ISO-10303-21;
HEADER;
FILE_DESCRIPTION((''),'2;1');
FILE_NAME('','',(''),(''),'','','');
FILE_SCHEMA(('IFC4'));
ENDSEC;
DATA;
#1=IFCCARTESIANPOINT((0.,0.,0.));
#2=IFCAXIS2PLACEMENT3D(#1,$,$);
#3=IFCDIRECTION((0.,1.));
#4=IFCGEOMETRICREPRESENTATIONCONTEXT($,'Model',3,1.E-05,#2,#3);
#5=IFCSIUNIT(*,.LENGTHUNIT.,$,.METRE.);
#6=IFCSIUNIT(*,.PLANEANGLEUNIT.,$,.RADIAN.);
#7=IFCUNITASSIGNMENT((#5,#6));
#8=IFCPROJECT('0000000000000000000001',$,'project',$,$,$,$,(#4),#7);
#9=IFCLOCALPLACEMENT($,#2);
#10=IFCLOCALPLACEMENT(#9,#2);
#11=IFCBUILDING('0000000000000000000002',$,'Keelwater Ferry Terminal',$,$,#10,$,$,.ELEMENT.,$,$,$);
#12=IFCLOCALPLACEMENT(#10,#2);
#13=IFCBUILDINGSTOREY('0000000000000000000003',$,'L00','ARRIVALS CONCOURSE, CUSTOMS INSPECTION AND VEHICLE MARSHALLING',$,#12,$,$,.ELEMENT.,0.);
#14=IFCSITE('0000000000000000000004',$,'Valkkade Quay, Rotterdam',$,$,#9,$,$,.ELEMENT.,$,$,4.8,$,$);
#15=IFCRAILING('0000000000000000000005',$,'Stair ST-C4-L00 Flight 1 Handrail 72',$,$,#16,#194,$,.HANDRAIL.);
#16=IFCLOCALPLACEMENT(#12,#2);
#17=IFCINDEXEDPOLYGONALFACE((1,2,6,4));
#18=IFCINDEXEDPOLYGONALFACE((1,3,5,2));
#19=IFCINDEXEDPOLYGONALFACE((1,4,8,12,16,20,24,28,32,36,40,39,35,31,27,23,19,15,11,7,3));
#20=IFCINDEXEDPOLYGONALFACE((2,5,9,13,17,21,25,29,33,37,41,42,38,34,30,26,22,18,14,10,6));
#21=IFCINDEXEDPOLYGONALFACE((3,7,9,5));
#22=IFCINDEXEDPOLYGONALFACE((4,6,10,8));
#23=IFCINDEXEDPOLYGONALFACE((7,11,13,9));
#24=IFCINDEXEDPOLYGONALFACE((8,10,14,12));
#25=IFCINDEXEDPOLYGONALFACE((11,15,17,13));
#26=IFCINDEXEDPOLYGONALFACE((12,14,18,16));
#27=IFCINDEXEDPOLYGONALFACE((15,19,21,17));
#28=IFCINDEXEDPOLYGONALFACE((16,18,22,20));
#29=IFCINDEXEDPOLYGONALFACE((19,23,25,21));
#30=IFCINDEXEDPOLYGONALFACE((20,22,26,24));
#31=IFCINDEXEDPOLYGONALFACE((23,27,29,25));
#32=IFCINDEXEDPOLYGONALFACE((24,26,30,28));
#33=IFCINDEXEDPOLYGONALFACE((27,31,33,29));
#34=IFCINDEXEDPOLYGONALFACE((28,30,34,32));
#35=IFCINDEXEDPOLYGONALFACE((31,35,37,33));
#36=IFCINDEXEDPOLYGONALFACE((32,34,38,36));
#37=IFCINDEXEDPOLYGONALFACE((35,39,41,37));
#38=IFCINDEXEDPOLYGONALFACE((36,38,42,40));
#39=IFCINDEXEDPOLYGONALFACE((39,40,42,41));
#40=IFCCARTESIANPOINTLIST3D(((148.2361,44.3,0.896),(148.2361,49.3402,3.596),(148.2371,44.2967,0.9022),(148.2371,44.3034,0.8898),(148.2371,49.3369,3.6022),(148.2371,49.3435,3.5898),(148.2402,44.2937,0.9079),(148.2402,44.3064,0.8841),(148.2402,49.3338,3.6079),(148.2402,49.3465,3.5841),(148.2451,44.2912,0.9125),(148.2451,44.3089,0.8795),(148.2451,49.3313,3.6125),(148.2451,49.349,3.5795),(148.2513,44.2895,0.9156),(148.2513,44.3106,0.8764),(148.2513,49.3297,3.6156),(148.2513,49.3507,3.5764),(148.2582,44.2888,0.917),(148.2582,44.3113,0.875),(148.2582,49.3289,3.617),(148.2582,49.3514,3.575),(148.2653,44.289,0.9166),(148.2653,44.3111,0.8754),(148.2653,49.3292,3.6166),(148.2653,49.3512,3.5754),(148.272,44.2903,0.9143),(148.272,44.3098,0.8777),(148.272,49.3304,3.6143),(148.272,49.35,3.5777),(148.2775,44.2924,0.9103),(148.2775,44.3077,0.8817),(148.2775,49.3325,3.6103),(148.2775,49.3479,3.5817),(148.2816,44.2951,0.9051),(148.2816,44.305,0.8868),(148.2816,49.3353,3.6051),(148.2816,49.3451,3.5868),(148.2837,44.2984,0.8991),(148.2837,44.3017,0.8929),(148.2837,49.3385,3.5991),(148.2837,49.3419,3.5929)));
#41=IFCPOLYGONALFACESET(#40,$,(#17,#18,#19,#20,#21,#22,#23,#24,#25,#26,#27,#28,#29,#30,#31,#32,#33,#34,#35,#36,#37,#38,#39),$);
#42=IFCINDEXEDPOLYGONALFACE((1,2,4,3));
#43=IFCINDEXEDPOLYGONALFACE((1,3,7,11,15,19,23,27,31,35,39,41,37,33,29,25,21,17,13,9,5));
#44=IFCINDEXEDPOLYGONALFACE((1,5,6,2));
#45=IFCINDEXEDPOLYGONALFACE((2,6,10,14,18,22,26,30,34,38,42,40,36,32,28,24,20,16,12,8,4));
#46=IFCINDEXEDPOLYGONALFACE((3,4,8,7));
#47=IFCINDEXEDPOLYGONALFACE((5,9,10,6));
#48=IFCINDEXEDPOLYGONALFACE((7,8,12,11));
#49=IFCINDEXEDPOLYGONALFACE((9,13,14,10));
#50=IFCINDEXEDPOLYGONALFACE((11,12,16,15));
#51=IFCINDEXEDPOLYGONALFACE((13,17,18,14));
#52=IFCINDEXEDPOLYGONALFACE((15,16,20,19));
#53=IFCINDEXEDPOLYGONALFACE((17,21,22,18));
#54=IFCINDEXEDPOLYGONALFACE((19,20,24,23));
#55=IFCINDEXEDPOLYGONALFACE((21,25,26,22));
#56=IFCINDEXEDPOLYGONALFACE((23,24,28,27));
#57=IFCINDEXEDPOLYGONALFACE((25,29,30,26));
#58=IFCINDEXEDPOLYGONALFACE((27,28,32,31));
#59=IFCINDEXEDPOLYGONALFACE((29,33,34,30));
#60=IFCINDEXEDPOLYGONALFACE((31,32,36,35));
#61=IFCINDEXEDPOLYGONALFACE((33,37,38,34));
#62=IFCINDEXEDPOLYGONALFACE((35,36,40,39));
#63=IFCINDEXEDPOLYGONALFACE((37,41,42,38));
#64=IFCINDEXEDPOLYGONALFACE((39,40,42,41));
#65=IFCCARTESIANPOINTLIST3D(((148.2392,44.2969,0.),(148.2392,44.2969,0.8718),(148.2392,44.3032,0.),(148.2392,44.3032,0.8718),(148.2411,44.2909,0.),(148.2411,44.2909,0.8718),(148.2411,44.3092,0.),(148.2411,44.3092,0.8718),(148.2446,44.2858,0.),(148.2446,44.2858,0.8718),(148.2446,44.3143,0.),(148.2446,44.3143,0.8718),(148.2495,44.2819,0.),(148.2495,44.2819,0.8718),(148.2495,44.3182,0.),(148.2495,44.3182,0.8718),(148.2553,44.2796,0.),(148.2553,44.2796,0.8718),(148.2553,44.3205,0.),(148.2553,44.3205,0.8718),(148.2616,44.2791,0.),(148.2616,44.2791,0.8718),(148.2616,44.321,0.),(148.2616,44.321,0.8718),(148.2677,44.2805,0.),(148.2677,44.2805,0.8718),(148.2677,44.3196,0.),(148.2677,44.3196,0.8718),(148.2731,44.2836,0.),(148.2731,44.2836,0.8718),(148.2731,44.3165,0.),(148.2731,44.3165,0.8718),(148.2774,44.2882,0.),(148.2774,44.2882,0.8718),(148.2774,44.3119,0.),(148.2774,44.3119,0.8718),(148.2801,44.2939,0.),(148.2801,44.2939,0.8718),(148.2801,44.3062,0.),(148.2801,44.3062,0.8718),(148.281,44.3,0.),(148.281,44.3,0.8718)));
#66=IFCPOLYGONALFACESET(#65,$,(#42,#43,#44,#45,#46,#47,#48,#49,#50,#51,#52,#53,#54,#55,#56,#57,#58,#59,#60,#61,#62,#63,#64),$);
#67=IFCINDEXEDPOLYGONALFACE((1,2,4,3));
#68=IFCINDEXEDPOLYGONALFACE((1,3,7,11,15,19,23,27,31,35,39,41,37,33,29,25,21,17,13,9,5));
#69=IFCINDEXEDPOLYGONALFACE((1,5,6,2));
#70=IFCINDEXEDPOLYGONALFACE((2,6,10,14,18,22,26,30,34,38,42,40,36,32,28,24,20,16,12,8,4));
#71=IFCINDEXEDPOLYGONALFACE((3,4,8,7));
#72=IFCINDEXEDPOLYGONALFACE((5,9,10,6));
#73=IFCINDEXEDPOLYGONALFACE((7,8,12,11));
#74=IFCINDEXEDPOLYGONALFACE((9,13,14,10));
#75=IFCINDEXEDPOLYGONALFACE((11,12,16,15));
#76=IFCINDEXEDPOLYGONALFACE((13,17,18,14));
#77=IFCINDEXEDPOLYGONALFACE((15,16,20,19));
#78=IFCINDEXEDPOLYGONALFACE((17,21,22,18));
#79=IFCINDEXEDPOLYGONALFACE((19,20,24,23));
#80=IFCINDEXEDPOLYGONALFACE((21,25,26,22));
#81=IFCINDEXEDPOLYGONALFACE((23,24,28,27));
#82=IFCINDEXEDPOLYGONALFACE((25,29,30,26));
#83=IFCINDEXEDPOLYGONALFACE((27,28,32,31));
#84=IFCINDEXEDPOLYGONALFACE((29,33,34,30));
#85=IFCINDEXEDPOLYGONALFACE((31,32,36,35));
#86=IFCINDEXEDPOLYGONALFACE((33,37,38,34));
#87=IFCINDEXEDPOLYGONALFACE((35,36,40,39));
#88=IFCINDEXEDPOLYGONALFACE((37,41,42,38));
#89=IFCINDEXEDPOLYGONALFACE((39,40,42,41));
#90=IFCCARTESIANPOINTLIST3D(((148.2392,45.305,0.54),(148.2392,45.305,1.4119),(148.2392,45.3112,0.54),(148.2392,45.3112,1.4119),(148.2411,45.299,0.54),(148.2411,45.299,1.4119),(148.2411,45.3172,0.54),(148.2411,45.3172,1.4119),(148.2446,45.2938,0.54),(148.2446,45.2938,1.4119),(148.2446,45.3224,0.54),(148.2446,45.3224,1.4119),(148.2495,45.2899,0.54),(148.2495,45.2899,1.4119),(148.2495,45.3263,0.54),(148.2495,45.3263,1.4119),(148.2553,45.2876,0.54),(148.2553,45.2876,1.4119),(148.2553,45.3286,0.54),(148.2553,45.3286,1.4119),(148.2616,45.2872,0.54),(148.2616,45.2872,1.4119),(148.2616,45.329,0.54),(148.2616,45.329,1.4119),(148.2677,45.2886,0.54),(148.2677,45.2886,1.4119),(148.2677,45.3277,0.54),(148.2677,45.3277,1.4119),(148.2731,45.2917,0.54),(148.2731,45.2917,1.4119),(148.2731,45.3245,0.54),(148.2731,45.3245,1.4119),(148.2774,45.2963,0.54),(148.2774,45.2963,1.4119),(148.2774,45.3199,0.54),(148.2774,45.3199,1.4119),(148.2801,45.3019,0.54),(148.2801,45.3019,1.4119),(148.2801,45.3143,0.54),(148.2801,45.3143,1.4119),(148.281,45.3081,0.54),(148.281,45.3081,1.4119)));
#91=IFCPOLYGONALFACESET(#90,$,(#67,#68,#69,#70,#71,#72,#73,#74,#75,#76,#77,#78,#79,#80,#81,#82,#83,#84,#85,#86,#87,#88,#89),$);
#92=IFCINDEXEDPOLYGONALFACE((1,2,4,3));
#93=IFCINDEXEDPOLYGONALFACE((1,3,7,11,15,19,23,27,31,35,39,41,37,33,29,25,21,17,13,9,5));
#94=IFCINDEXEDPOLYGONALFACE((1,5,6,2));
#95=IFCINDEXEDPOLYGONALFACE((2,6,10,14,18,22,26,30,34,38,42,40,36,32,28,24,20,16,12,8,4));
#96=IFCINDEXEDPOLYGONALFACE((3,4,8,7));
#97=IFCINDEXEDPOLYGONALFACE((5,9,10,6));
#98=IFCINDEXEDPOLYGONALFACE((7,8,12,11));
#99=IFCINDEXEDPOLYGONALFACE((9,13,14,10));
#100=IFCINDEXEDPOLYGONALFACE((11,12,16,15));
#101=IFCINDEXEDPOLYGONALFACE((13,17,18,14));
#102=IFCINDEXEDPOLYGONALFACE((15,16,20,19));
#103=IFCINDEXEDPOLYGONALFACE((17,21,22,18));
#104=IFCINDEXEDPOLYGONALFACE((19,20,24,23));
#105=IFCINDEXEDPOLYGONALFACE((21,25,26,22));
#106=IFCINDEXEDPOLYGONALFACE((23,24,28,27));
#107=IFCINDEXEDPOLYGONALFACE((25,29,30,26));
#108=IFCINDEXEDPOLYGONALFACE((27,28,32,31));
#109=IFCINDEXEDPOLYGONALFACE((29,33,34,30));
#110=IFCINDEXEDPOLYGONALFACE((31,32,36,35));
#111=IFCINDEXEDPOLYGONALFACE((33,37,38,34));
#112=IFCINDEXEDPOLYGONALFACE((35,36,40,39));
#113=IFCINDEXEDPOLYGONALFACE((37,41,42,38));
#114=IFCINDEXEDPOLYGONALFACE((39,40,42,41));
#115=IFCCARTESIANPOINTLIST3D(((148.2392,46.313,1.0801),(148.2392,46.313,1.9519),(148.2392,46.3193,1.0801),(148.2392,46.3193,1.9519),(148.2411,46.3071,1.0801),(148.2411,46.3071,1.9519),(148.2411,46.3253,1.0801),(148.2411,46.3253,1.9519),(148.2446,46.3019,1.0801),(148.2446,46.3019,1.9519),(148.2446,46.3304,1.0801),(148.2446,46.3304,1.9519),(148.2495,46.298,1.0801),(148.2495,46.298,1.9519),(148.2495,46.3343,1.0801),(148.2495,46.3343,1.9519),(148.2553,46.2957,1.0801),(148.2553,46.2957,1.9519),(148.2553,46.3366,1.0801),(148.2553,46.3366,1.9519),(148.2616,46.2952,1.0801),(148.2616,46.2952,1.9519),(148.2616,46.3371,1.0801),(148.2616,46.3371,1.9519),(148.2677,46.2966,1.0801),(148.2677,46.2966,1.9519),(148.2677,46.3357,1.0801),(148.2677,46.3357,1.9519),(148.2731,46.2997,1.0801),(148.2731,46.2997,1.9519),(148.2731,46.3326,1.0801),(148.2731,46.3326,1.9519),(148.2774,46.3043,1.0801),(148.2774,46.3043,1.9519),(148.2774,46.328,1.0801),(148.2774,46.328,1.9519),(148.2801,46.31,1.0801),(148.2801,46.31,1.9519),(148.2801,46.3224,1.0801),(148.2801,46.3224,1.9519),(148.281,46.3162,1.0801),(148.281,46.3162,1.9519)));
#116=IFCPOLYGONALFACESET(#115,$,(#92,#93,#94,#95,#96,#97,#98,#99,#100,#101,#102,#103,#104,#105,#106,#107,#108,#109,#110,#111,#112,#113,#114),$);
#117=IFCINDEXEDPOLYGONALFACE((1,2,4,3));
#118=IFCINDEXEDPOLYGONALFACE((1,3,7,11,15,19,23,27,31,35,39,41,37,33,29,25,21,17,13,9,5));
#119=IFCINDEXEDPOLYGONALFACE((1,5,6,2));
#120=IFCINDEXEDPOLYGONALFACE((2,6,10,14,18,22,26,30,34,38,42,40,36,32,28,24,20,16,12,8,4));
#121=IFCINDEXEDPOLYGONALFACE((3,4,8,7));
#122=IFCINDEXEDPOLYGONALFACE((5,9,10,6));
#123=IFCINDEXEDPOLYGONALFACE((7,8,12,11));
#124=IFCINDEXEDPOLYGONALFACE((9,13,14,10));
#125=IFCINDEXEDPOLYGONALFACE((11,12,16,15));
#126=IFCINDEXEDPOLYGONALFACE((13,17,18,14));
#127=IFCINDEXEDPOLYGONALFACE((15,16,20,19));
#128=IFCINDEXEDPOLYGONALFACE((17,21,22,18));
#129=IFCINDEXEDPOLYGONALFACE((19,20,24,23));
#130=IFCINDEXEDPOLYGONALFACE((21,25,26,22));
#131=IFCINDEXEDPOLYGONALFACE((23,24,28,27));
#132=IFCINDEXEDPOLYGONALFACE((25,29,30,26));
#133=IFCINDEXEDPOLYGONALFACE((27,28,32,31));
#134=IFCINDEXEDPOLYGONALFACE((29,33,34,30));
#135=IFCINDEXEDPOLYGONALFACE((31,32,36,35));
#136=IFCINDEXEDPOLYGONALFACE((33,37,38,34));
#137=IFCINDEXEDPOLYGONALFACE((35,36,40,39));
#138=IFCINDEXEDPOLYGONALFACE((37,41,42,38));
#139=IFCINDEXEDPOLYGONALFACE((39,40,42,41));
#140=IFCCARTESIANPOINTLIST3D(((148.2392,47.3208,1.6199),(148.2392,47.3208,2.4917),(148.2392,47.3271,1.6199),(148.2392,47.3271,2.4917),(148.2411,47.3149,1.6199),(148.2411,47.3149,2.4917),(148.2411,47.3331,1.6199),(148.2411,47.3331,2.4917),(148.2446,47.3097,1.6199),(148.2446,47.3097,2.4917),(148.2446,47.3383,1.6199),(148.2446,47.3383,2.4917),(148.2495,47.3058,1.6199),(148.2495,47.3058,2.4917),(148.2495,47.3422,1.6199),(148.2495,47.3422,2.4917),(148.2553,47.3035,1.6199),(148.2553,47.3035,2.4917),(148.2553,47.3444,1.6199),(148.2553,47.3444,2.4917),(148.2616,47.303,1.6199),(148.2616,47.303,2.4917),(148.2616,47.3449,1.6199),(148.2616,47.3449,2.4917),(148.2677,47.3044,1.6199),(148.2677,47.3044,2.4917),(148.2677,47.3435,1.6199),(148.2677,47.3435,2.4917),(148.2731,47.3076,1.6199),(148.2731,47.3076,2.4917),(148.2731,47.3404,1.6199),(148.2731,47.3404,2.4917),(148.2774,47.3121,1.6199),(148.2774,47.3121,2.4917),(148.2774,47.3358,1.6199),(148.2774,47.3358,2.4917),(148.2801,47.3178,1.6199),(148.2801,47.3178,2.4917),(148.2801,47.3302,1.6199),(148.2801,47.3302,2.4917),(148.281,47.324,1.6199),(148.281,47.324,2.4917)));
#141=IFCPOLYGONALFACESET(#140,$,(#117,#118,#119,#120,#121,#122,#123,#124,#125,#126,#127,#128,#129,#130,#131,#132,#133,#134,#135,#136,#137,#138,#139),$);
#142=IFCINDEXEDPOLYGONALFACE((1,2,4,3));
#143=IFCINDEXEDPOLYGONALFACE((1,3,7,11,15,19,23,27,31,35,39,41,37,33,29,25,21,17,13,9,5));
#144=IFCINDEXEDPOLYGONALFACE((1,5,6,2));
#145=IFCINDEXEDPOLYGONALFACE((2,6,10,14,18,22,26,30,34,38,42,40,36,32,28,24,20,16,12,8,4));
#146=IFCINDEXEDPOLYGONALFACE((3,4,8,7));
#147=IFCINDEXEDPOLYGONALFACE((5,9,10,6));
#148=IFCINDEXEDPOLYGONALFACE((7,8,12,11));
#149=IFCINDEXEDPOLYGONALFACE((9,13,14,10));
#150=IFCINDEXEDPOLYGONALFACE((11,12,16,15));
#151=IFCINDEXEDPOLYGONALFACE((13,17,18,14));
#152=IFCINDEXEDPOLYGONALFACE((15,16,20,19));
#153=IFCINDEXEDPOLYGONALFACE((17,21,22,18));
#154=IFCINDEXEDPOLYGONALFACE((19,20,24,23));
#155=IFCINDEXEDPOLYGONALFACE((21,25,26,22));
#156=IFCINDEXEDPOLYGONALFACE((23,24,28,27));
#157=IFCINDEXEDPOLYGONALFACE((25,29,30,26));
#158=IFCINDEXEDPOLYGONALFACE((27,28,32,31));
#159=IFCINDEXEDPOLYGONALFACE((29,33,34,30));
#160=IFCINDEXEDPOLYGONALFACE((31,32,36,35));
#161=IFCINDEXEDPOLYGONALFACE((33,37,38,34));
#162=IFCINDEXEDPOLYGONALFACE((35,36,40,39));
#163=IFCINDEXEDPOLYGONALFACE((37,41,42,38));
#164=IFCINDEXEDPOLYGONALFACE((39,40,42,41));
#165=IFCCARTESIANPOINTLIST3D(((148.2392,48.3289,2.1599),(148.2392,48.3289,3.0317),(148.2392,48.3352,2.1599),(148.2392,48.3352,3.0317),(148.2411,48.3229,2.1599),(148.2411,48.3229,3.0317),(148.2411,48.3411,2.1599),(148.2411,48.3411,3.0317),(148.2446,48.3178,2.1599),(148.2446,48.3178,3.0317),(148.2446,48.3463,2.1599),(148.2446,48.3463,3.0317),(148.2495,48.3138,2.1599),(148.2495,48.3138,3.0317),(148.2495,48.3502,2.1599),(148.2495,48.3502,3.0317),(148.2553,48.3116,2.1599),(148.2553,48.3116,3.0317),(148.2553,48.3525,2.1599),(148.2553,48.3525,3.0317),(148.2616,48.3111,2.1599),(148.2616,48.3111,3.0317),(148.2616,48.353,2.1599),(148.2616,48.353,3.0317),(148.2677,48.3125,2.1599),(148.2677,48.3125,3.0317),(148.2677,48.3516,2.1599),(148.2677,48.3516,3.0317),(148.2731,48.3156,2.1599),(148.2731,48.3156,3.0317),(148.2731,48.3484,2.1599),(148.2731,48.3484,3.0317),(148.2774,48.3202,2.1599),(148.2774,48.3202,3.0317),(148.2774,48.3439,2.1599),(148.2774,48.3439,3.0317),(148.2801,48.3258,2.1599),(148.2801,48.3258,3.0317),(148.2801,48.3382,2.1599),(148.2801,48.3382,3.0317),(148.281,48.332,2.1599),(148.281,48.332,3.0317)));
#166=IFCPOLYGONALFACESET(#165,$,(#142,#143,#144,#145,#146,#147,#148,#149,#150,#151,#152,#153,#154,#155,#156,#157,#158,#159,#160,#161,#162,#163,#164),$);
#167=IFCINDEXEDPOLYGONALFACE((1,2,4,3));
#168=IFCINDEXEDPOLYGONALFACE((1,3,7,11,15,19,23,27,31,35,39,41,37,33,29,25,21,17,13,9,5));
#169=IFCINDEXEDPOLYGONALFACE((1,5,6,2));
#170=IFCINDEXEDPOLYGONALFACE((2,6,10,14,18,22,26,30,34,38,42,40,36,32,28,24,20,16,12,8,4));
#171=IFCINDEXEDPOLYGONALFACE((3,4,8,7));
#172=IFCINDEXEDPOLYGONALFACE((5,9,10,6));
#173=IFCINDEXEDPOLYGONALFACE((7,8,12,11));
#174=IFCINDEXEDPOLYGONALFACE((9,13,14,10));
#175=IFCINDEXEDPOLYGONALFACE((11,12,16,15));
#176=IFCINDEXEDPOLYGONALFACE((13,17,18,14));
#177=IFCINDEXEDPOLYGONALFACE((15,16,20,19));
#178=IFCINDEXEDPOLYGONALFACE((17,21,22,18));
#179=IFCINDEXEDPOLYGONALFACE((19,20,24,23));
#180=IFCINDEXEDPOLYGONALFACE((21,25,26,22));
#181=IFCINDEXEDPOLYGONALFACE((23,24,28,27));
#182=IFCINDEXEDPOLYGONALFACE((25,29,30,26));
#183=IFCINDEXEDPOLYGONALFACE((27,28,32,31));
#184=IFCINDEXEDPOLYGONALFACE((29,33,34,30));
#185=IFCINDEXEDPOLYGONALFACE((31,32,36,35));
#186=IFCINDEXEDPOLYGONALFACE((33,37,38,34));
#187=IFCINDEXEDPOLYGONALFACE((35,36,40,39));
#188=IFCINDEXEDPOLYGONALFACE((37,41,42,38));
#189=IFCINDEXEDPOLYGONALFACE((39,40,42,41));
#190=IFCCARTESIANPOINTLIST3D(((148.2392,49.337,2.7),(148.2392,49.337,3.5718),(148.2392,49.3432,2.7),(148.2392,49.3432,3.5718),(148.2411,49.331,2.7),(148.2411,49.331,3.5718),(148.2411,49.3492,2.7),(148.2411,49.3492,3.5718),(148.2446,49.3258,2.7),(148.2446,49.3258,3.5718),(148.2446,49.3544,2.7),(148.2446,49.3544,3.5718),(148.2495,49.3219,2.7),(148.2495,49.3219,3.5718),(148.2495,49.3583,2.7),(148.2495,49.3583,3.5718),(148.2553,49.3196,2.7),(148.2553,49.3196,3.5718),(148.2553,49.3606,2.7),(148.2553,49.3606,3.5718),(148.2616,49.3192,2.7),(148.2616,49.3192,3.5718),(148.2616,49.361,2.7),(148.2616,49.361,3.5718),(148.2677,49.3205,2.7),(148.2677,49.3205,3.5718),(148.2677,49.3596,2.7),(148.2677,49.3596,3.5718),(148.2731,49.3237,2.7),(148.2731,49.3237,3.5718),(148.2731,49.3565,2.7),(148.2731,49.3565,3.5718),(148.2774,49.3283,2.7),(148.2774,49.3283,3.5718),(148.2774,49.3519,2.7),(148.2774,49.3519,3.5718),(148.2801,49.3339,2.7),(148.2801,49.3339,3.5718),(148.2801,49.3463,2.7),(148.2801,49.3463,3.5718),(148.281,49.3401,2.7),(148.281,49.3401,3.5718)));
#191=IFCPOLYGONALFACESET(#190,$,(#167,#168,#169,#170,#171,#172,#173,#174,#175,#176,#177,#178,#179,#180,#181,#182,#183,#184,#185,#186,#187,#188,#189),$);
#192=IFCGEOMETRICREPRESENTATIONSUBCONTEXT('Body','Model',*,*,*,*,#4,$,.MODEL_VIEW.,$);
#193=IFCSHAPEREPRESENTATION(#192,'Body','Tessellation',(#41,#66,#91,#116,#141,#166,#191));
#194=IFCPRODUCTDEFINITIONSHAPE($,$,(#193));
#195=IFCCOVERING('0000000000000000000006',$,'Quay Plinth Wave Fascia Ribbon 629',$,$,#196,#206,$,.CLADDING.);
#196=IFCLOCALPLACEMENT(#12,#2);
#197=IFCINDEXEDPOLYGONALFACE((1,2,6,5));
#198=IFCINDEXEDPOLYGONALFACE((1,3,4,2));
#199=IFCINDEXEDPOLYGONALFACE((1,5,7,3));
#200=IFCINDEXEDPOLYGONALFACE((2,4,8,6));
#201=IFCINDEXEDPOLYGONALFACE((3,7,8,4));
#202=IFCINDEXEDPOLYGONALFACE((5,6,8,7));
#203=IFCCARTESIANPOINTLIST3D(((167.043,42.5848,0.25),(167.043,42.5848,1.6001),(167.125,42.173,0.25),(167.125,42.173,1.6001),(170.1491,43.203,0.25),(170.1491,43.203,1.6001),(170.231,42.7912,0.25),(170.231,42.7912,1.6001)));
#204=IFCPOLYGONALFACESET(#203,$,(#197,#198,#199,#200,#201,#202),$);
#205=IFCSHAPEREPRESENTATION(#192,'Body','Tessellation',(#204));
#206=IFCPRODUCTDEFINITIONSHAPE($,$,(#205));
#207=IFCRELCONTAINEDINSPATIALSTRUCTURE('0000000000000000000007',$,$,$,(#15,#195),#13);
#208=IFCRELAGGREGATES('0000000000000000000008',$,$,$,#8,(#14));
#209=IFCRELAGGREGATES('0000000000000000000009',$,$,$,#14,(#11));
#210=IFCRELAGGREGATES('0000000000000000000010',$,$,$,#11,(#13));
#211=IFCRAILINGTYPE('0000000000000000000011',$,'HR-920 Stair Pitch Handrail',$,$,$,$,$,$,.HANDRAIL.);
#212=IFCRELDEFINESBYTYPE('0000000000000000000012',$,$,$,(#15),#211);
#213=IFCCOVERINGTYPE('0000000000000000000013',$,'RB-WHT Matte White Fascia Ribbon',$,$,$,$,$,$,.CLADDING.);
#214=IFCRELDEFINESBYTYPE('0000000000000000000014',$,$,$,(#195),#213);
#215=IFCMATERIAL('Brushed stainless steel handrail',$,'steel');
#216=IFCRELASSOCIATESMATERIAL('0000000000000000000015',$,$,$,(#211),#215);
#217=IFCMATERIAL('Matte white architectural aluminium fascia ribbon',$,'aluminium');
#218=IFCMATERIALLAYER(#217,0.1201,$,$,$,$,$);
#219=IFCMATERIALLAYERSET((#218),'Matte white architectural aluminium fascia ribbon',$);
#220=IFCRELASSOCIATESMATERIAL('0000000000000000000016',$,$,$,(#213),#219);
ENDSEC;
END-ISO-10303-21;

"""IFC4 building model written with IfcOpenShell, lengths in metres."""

from ifc_helpers import new_model, si_unit, direction, frame, origin, origin_2d, place, context, subcontext, project, spatial, polyline, circle, outline, extrude, material, layer, layer_set, type_object, element, save


model = new_model("IFC4")

# Units and contexts
model_context = context("Model", 3, precision=1e-05, world=origin(), true_north=direction((0.0, 1.0)))
body_context = subcontext(model_context, "Body", "Model", "MODEL_VIEW")
ifc_project = project(units=[si_unit("LENGTHUNIT", "METRE"), si_unit("PLANEANGLEUNIT", "RADIAN")], contexts=[model_context])

# Site, building, storey
site_placement = place(None, origin())
site = spatial("IfcSite", under=ifc_project, at=site_placement, Name="Valkkade Quay, Rotterdam", CompositionType="ELEMENT", RefElevation=4.8)
building_placement = place(site_placement, origin())
building = spatial("IfcBuilding", under=site, at=building_placement, Name="Keelwater Ferry Terminal", CompositionType="ELEMENT")
storey_placement = place(building_placement, origin())
storey = spatial("IfcBuildingStorey", under=building, at=storey_placement, Name="L00", Description="ARRIVALS CONCOURSE, CUSTOMS INSPECTION AND VEHICLE MARSHALLING", CompositionType="ELEMENT", Elevation=0.0)

# Railing
ifc_material_1 = material(Name="Brushed stainless steel handrail", Category="steel")
railing_type_1 = type_object("IfcRailingType", Name="HR-920 Stair Pitch Handrail", PredefinedType="HANDRAIL", material=ifc_material_1)
railing_1_placement = place(storey_placement, frame((148.26, 44.3, 0.0)))
element("IfcRailing", 1, at=railing_1_placement, inside=storey, type_object=railing_type_1, Name="Stair ST-C4-L00 Flight 1 Handrail 72", PredefinedType="HANDRAIL", context=body_context, shape_type="SweptSolid", body=[
    extrude(circle(Radius=0.0239, at=origin_2d()), frame((0.0, 0.0, 0.896), z_axis=(0.0, 0.881485, 0.472212), x_axis=(-1.0, 0.0, 0.0)), (0.0, 0.0, 1.0), 5.7178),
    extrude(circle(Radius=0.021, at=origin_2d()), origin(), (0.0, 0.0, 1.0), 0.8718),
    extrude(circle(Radius=0.021, at=origin_2d()), frame((0.0, 1.0081, 0.54)), (0.0, 0.0, 1.0), 0.8718),
    extrude(circle(Radius=0.021, at=origin_2d()), frame((0.0, 2.0161, 1.0801)), (0.0, 0.0, 1.0), 0.8718),
    extrude(circle(Radius=0.021, at=origin_2d()), frame((0.0, 3.0239, 1.6199)), (0.0, 0.0, 1.0), 0.8718),
    extrude(circle(Radius=0.021, at=origin_2d()), frame((0.0, 4.032, 2.1599)), (0.0, 0.0, 1.0), 0.8718),
    extrude(circle(Radius=0.021, at=origin_2d()), frame((0.0, 5.04, 2.7)), (0.0, 0.0, 1.0), 0.8718),
])

# Covering
ifc_material_2 = material(Name="Matte white architectural aluminium fascia ribbon", Category="aluminium")
ifc_layer_1 = layer(ifc_material_2, 0.1201)
ifc_layer_set_1 = layer_set([ifc_layer_1], Name="Matte white architectural aluminium fascia ribbon")
covering_type = type_object("IfcCoveringType", Name="RB-WHT Matte White Fascia Ribbon", PredefinedType="CLADDING", material=ifc_layer_set_1)
covering_placement = place(storey_placement, frame((167.084, 42.3789, 0.25), z_axis=(0.0, 0.0, 1.0), x_axis=(0.980764, 0.195197, 0.0)))
element("IfcCovering", 2, at=covering_placement, inside=storey, type_object=covering_type, Name="Quay Plinth Wave Fascia Ribbon 629", PredefinedType="CLADDING", context=body_context, shape_type="SweptSolid", body=[
    extrude(outline(polyline([(0.0, 0.0), (3.167, 0.0), (3.167, 1.3501), (0.0, 1.3501), (0.0, 0.0)])), frame((0.0, 0.21, 0.0), z_axis=(0.0, -1.0, 0.0), x_axis=(1.0, 0.0, 0.0)), (0.0, 0.0, 1.0), 0.4199),
])

save(model, "model.ifc")
